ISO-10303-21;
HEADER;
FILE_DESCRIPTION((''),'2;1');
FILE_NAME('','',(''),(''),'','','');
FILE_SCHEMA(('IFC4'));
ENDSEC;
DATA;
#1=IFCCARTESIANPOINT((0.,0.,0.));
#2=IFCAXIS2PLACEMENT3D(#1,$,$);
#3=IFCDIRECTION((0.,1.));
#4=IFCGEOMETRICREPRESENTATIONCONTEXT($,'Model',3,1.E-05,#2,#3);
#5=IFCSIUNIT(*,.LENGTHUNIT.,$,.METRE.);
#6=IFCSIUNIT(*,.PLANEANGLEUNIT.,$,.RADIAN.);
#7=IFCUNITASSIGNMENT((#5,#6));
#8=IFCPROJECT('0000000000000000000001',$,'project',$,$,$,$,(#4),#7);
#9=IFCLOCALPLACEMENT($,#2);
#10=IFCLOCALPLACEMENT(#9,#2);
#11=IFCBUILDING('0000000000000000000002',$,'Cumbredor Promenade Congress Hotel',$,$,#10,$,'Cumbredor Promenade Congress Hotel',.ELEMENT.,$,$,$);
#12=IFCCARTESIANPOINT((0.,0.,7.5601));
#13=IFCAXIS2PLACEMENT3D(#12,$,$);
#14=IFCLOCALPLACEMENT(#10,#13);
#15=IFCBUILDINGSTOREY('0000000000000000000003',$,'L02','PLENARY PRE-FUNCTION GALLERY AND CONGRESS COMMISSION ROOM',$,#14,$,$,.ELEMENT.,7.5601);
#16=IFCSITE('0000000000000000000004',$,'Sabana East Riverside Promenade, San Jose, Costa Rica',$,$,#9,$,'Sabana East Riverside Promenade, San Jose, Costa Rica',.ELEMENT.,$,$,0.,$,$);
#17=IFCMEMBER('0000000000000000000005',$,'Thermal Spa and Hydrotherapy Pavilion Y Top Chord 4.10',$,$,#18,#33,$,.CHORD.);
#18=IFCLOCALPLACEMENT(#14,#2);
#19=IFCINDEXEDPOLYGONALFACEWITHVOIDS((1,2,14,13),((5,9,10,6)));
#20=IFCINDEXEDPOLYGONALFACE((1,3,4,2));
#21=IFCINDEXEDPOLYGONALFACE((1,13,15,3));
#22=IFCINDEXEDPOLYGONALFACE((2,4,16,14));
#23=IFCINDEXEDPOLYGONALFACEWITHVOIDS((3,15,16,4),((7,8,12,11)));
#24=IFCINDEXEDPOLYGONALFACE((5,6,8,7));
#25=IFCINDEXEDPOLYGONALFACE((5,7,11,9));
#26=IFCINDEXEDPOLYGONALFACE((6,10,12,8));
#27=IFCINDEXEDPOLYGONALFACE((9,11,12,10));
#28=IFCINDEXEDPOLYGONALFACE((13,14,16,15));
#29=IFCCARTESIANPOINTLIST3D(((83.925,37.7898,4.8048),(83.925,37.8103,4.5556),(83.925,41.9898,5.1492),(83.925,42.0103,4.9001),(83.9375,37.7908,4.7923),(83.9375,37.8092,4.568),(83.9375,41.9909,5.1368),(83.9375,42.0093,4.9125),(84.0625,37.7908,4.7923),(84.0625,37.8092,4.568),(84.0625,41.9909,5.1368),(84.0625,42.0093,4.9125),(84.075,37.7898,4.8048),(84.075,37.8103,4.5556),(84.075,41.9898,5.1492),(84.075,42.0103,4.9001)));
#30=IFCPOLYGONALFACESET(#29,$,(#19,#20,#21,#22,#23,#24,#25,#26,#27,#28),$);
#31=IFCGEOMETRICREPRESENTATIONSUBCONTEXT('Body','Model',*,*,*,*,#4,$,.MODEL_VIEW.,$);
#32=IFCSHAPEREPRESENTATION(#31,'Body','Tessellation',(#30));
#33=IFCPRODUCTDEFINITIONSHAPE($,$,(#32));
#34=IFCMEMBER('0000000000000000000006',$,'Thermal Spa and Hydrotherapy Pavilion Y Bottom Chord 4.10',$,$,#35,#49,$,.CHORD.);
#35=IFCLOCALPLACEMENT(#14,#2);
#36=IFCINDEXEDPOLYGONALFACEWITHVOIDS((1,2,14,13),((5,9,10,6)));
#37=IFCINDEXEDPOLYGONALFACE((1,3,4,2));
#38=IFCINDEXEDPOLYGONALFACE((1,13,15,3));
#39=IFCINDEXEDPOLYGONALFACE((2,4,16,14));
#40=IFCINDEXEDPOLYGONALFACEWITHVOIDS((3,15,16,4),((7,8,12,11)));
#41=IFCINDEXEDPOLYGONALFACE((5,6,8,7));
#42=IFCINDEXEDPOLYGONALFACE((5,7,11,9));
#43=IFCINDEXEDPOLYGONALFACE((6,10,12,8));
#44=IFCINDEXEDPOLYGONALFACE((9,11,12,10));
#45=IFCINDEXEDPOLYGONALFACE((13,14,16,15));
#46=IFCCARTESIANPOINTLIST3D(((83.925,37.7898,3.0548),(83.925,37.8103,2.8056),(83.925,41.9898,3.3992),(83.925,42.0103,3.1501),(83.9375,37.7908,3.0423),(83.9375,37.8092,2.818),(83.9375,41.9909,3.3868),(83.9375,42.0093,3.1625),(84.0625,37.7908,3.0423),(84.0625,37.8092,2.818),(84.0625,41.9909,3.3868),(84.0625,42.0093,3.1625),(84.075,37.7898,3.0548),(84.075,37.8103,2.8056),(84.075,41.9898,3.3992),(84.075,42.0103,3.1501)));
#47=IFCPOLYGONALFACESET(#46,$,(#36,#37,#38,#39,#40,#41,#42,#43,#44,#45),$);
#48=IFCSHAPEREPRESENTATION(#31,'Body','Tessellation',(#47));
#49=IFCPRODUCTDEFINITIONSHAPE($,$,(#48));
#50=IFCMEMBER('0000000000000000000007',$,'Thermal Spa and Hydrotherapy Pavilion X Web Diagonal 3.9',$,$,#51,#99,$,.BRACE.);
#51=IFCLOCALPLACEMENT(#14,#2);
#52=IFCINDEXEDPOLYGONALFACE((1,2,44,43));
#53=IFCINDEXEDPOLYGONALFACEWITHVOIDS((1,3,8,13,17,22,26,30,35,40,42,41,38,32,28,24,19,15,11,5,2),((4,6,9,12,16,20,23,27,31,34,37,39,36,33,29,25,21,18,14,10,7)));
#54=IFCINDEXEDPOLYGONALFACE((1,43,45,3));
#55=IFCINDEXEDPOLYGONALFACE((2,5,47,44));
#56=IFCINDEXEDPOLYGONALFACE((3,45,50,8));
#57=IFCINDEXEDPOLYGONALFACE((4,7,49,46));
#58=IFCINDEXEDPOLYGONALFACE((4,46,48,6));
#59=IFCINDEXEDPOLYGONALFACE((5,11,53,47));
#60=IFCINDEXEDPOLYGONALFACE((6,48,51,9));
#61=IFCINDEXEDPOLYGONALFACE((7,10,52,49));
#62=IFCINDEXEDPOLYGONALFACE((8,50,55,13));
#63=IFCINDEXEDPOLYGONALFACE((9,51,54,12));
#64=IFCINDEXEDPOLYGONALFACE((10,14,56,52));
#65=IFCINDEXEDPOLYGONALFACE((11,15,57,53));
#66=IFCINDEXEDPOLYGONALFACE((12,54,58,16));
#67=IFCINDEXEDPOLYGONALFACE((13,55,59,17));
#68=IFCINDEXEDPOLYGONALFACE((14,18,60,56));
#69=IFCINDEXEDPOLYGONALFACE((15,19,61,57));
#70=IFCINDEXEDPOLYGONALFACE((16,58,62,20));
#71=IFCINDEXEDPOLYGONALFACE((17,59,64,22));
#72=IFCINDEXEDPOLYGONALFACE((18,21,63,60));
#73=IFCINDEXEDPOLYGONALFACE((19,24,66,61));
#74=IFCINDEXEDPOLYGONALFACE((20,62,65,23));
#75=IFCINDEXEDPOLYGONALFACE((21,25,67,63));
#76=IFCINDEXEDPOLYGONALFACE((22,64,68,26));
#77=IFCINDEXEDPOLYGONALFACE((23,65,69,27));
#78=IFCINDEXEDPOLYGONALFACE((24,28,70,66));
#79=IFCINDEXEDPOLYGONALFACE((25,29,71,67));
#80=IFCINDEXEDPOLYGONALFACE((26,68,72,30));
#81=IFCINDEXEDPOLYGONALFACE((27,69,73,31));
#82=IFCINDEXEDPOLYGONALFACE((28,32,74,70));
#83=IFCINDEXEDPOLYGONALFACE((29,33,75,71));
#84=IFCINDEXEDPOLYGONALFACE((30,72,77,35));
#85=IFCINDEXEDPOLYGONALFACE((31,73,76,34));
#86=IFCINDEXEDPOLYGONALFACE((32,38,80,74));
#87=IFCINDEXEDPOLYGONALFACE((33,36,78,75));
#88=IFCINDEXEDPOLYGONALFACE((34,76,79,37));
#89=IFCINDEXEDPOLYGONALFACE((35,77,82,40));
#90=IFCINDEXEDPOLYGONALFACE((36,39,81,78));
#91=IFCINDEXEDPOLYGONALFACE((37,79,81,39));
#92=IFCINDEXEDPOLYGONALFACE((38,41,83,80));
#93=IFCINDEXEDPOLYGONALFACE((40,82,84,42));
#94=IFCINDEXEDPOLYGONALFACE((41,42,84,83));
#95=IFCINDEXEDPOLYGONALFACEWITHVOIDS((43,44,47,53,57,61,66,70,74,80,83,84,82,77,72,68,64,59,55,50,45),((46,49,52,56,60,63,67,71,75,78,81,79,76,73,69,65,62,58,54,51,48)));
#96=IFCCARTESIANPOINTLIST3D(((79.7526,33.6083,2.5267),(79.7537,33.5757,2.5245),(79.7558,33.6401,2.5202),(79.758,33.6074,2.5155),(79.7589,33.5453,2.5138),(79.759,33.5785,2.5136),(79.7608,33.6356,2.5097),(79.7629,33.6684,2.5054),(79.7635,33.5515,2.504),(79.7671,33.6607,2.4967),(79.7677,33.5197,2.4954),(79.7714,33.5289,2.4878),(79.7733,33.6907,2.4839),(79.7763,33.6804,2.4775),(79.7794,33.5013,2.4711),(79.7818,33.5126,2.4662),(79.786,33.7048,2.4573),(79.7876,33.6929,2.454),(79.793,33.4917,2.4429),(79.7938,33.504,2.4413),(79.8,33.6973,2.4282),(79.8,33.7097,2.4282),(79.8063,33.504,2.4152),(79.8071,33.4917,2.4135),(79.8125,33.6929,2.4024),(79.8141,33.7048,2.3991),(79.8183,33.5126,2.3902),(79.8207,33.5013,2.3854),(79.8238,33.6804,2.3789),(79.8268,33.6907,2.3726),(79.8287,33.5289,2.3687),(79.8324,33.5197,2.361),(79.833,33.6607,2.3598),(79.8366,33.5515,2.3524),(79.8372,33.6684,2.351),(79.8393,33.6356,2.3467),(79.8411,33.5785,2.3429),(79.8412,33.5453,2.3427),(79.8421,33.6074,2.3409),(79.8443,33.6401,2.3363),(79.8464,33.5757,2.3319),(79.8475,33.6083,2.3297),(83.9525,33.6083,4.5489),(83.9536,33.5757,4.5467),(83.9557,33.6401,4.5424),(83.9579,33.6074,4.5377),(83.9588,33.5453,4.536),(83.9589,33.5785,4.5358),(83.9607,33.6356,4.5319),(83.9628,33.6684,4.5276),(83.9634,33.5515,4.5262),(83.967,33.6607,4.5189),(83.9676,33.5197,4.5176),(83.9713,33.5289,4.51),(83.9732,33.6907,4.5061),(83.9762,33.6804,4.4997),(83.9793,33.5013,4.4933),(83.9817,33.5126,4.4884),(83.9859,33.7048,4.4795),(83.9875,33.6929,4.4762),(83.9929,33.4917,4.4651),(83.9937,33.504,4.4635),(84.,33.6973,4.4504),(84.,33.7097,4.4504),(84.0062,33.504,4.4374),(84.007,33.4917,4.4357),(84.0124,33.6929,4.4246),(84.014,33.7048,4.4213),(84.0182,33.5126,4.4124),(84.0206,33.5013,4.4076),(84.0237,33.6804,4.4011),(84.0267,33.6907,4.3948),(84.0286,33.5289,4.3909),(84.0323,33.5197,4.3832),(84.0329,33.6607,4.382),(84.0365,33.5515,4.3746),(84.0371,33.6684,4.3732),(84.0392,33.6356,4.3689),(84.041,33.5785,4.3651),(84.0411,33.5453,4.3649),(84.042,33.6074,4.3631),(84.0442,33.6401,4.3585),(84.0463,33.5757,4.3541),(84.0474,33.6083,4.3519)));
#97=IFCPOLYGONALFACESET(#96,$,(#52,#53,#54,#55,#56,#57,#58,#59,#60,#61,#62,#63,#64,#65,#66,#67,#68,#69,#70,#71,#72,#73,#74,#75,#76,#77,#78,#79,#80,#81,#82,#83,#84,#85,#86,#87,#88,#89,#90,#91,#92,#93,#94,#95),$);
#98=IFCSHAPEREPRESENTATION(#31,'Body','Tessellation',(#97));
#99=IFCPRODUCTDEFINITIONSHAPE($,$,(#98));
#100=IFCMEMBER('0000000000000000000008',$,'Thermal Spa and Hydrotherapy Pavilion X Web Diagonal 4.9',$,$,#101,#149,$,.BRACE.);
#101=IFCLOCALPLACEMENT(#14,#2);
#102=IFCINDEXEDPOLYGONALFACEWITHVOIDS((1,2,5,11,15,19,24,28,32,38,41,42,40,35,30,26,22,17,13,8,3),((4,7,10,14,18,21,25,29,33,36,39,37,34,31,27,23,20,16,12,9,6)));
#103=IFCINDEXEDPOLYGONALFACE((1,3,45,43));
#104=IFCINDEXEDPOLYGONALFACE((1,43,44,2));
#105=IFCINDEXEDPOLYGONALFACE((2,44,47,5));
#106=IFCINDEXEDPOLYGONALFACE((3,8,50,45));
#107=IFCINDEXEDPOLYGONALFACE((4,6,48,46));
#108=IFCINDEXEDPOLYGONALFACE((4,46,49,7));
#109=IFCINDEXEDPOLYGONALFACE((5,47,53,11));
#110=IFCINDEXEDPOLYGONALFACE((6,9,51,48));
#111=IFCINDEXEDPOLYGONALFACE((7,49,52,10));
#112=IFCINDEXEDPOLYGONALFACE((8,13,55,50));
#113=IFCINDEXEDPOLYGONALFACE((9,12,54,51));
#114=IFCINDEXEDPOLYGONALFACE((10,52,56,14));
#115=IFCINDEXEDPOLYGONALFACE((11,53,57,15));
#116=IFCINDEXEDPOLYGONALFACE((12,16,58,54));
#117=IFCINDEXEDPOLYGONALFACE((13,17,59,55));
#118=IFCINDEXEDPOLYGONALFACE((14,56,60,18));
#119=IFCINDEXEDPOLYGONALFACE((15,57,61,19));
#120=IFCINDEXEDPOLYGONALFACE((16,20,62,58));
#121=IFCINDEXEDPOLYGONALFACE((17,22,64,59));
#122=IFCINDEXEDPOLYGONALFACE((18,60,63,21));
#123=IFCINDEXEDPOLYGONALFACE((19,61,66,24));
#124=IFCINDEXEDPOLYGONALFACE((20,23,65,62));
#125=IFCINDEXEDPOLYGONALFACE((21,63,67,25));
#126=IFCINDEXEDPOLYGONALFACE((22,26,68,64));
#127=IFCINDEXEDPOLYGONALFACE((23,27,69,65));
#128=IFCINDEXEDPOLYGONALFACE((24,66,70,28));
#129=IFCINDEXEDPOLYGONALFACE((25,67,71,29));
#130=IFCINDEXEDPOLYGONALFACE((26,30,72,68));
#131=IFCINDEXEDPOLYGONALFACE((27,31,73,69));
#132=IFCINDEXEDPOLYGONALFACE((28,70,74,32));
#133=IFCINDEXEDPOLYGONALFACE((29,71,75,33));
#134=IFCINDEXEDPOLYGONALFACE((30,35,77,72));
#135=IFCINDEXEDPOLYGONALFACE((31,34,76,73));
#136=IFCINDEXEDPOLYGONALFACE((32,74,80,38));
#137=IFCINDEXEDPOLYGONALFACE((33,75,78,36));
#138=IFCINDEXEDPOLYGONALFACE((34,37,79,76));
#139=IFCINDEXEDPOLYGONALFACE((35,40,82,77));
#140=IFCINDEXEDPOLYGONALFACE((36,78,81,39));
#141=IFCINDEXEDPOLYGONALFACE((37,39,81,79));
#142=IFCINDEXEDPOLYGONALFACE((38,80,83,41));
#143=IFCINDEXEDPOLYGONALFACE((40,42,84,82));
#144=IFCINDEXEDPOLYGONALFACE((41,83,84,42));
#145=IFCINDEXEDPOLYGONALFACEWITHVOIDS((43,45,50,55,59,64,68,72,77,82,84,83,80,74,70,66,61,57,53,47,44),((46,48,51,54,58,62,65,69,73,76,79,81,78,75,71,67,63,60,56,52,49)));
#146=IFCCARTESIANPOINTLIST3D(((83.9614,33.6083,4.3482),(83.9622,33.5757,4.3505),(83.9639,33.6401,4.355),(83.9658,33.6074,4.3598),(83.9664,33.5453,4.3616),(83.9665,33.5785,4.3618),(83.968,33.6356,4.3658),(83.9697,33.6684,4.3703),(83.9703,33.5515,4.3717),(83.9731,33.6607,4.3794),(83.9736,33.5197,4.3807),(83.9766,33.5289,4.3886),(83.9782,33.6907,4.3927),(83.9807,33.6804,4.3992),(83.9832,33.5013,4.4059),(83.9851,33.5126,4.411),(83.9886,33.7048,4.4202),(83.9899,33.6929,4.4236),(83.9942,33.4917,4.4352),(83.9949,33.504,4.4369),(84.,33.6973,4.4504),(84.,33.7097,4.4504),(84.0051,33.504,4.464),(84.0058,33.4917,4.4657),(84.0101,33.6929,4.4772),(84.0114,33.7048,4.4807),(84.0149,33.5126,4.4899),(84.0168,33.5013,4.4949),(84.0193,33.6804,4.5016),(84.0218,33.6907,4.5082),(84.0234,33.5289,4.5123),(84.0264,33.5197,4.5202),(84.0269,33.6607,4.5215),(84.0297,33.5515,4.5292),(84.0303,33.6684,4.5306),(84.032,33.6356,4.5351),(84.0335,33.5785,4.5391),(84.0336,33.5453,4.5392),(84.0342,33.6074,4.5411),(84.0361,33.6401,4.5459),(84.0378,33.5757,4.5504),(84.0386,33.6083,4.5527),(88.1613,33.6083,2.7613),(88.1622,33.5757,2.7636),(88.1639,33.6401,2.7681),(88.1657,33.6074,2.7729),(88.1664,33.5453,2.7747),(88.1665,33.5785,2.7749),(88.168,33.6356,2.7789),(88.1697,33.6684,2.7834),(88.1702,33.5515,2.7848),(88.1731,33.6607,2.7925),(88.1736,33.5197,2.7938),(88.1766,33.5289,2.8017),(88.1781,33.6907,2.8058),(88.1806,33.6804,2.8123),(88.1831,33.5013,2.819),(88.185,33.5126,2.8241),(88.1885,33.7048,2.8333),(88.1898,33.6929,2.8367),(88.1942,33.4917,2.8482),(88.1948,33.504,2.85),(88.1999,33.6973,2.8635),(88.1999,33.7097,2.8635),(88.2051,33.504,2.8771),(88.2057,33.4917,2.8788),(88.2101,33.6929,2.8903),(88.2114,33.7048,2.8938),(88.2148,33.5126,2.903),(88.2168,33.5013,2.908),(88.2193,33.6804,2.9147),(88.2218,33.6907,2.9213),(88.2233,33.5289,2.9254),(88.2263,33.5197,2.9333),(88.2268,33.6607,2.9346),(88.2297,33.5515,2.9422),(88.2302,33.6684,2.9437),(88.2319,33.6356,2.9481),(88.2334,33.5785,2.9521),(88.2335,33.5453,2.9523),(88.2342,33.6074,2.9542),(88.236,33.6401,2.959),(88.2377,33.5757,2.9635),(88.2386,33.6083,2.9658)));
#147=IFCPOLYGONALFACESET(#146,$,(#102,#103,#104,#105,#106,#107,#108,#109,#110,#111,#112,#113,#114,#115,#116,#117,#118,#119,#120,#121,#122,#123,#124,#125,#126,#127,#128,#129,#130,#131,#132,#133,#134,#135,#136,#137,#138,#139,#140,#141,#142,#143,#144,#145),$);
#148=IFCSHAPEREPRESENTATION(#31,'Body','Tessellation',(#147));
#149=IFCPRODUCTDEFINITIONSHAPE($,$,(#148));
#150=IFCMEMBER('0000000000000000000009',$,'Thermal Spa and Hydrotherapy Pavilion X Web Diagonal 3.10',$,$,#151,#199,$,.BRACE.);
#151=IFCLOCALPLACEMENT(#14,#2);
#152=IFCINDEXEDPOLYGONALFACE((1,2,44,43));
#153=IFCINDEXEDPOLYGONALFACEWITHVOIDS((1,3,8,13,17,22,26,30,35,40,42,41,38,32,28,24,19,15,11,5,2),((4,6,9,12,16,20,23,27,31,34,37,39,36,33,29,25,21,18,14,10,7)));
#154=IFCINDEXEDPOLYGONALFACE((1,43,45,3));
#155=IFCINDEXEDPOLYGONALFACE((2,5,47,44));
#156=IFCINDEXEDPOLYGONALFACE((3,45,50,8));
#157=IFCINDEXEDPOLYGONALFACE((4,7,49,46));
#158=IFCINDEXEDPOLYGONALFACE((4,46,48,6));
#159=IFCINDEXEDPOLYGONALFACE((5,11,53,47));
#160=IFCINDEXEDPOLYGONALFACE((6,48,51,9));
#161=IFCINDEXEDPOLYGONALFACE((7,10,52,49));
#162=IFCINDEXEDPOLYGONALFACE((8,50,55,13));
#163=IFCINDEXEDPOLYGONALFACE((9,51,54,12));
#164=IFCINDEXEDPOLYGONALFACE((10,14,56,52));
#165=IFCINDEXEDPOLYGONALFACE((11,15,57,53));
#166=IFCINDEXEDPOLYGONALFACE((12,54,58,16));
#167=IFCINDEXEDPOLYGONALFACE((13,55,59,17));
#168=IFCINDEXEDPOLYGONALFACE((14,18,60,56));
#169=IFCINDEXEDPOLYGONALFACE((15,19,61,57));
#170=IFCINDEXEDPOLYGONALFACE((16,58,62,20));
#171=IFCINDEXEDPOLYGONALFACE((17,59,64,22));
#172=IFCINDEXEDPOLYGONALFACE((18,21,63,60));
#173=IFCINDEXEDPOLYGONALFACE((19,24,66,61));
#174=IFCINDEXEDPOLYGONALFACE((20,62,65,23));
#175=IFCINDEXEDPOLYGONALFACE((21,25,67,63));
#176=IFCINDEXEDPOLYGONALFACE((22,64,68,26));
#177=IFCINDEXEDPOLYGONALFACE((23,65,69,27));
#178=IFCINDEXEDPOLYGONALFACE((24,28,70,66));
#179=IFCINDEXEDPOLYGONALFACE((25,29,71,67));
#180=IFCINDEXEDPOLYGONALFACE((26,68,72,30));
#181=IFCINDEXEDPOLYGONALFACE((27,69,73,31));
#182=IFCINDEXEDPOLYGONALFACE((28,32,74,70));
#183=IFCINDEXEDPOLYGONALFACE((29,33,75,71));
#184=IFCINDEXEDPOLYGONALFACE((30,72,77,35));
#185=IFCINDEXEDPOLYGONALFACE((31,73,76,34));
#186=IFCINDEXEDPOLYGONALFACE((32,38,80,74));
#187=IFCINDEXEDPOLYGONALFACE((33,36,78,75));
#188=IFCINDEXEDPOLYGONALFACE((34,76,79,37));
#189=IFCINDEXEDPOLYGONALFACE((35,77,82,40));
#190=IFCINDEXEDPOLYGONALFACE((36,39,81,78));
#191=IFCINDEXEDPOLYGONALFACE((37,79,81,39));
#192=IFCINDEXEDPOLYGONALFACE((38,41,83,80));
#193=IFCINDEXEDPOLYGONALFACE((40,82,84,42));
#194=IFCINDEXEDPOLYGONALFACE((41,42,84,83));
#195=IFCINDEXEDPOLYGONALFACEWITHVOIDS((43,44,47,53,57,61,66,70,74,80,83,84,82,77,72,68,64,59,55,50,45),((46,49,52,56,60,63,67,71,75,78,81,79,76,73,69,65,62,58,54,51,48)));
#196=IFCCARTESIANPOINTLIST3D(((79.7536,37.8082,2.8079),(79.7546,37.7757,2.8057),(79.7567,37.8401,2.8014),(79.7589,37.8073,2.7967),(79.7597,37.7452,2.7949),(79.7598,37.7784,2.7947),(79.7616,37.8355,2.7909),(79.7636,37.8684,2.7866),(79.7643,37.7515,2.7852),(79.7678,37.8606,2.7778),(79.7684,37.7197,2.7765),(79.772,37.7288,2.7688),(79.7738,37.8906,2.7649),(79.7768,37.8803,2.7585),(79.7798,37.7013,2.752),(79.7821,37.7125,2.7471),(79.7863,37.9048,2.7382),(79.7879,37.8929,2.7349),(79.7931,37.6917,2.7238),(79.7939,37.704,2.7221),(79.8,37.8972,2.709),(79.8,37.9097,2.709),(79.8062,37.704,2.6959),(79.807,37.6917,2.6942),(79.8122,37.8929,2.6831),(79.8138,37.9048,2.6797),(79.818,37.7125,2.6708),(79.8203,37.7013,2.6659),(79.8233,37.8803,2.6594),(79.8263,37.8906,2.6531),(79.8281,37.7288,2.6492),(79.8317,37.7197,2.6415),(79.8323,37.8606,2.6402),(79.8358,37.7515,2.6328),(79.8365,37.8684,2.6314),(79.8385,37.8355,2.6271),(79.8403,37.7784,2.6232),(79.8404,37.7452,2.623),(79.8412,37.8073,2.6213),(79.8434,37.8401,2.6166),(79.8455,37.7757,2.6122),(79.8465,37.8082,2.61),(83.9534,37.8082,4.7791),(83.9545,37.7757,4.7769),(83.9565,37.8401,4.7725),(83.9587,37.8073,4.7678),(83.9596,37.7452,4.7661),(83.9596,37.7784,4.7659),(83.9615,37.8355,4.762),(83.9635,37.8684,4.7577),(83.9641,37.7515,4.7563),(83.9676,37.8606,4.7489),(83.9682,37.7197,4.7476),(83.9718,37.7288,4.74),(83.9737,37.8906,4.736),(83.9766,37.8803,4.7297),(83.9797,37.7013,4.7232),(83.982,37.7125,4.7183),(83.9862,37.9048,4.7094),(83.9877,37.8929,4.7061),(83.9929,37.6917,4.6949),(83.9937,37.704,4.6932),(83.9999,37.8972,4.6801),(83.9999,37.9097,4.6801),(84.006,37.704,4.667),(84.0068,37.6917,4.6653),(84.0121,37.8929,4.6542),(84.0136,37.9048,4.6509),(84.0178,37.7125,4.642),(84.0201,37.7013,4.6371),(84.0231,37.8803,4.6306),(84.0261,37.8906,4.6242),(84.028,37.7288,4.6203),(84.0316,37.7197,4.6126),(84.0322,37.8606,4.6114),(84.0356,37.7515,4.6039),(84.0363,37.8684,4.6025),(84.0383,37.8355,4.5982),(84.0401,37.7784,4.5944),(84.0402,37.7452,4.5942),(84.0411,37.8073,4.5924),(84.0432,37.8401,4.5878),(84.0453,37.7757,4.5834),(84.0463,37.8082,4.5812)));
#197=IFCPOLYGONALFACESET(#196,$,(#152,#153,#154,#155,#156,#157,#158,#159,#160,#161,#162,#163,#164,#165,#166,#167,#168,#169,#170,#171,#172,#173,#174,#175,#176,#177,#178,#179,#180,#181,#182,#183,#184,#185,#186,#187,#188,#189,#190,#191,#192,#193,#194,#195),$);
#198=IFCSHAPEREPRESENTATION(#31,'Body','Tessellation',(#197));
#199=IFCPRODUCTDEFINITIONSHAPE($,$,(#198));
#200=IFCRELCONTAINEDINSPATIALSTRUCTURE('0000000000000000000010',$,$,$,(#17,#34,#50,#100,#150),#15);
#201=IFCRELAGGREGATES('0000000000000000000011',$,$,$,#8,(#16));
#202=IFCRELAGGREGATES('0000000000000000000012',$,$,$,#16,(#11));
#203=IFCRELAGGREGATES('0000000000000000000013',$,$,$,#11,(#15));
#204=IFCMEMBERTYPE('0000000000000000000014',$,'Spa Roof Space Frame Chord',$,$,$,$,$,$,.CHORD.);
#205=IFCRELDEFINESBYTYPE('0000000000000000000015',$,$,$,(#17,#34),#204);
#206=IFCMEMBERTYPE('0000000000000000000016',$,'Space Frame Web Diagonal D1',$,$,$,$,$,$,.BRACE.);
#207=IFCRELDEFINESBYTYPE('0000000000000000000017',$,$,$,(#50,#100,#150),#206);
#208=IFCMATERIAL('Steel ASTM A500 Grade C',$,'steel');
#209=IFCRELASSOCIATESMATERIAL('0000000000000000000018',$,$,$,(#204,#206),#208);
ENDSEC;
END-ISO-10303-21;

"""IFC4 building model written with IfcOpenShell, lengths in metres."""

from ifc_helpers import new_model, si_unit, direction, frame, origin, origin_2d, place, context, subcontext, project, spatial, hollow_rectangle, hollow_circle, extrude, material, material_profile, profile_set, type_object, element, save


model = new_model("IFC4")

# Units and contexts
model_context = context("Model", 3, precision=1e-05, world=origin(), true_north=direction((0.0, 1.0)))
body_context = subcontext(model_context, "Body", "Model", "MODEL_VIEW")
ifc_project = project(units=[si_unit("LENGTHUNIT", "METRE"), si_unit("PLANEANGLEUNIT", "RADIAN")], contexts=[model_context])

# Site, building, storey
site_placement = place(None, origin())
site = spatial("IfcSite", under=ifc_project, at=site_placement, Name="Sabana East Riverside Promenade, San Jose, Costa Rica", LongName="Sabana East Riverside Promenade, San Jose, Costa Rica", CompositionType="ELEMENT", RefElevation=0.0)
building_placement = place(site_placement, origin())
building = spatial("IfcBuilding", under=site, at=building_placement, Name="Cumbredor Promenade Congress Hotel", LongName="Cumbredor Promenade Congress Hotel", CompositionType="ELEMENT")
storey_placement = place(building_placement, frame((0.0, 0.0, 7.5601)))
storey = spatial("IfcBuildingStorey", under=building, at=storey_placement, Name="L02", Description="PLENARY PRE-FUNCTION GALLERY AND CONGRESS COMMISSION ROOM", CompositionType="ELEMENT", Elevation=7.5601)

# Members
ifc_material_1 = material(Name="Steel ASTM A500 Grade C", Category="steel")
ifc_material_profile_1 = material_profile(ifc_material_1, hollow_rectangle(XDim=0.1499, YDim=0.25, WallThickness=0.0125, at=origin_2d()), Name="HSS 250x150x12.5")
ifc_profile_set_1 = profile_set([ifc_material_profile_1], Name="Steel ASTM A500 Grade C")
member_type_1 = type_object("IfcMemberType", Name="Spa Roof Space Frame Chord", PredefinedType="CHORD", material=ifc_profile_set_1)
for number, where, z_axis, x_axis, name in (
    (1, (84.0, 37.8, 4.6802), (0.0, 0.996653, 0.081746), (-1.0, 0.0, 0.0), "Thermal Spa and Hydrotherapy Pavilion Y Top Chord 4.10"),
    (2, (84.0, 37.8, 2.9302), (0.0, 0.996653, 0.081746), (-1.0, 0.0, 0.0), "Thermal Spa and Hydrotherapy Pavilion Y Bottom Chord 4.10"),
):
    element("IfcMember", number, at=place(storey_placement, frame(where, z_axis=z_axis, x_axis=x_axis)), inside=storey, type_object=member_type_1, Name=name, PredefinedType="CHORD", context=body_context, shape_type="SweptSolid", body=[
        extrude(hollow_rectangle(XDim=0.1499, YDim=0.25, WallThickness=0.0125, at=origin_2d()), origin(), (0.0, 0.0, 1.0), 4.2141),
    ])
ifc_material_profile_2 = material_profile(ifc_material_1, hollow_circle(Radius=0.1096, WallThickness=0.0125, at=origin_2d()), Name="CHS 219.1x12.5")
ifc_profile_set_2 = profile_set([ifc_material_profile_2], Name="Steel ASTM A500 Grade C")
member_type_2 = type_object("IfcMemberType", Name="Space Frame Web Diagonal D1", PredefinedType="BRACE", material=ifc_profile_set_2)
member_1_placement = place(storey_placement, frame((79.8, 33.6001, 2.4282), z_axis=(0.901, 0.0, 0.433819), x_axis=(0.0, 1.0, 0.0)))
element("IfcMember", 3, at=member_1_placement, inside=storey, type_object=member_type_2, Name="Thermal Spa and Hydrotherapy Pavilion X Web Diagonal 3.9", PredefinedType="BRACE", context=body_context, shape_type="SweptSolid", body=[
    extrude(hollow_circle(Radius=0.1096, WallThickness=0.0125, at=origin_2d()), origin(), (0.0, 0.0, 1.0), 4.6614),
])
member_2_placement = place(storey_placement, frame((84.0, 33.6001, 4.4504), z_axis=(0.935453, 0.0, -0.353452), x_axis=(0.0, 1.0, 0.0)))
element("IfcMember", 4, at=member_2_placement, inside=storey, type_object=member_type_2, Name="Thermal Spa and Hydrotherapy Pavilion X Web Diagonal 4.9", PredefinedType="BRACE", context=body_context, shape_type="SweptSolid", body=[
    extrude(hollow_circle(Radius=0.1096, WallThickness=0.0125, at=origin_2d()), origin(), (0.0, 0.0, 1.0), 4.4897),
])
member_3_placement = place(storey_placement, frame((79.8, 37.8, 2.709), z_axis=(0.905255, 0.0, 0.424869), x_axis=(0.0, 1.0, 0.0)))
element("IfcMember", 5, at=member_3_placement, inside=storey, type_object=member_type_2, Name="Thermal Spa and Hydrotherapy Pavilion X Web Diagonal 3.10", PredefinedType="BRACE", context=body_context, shape_type="SweptSolid", body=[
    extrude(hollow_circle(Radius=0.1096, WallThickness=0.0125, at=origin_2d()), origin(), (0.0, 0.0, 1.0), 4.6394),
])

save(model, "model.ifc")
